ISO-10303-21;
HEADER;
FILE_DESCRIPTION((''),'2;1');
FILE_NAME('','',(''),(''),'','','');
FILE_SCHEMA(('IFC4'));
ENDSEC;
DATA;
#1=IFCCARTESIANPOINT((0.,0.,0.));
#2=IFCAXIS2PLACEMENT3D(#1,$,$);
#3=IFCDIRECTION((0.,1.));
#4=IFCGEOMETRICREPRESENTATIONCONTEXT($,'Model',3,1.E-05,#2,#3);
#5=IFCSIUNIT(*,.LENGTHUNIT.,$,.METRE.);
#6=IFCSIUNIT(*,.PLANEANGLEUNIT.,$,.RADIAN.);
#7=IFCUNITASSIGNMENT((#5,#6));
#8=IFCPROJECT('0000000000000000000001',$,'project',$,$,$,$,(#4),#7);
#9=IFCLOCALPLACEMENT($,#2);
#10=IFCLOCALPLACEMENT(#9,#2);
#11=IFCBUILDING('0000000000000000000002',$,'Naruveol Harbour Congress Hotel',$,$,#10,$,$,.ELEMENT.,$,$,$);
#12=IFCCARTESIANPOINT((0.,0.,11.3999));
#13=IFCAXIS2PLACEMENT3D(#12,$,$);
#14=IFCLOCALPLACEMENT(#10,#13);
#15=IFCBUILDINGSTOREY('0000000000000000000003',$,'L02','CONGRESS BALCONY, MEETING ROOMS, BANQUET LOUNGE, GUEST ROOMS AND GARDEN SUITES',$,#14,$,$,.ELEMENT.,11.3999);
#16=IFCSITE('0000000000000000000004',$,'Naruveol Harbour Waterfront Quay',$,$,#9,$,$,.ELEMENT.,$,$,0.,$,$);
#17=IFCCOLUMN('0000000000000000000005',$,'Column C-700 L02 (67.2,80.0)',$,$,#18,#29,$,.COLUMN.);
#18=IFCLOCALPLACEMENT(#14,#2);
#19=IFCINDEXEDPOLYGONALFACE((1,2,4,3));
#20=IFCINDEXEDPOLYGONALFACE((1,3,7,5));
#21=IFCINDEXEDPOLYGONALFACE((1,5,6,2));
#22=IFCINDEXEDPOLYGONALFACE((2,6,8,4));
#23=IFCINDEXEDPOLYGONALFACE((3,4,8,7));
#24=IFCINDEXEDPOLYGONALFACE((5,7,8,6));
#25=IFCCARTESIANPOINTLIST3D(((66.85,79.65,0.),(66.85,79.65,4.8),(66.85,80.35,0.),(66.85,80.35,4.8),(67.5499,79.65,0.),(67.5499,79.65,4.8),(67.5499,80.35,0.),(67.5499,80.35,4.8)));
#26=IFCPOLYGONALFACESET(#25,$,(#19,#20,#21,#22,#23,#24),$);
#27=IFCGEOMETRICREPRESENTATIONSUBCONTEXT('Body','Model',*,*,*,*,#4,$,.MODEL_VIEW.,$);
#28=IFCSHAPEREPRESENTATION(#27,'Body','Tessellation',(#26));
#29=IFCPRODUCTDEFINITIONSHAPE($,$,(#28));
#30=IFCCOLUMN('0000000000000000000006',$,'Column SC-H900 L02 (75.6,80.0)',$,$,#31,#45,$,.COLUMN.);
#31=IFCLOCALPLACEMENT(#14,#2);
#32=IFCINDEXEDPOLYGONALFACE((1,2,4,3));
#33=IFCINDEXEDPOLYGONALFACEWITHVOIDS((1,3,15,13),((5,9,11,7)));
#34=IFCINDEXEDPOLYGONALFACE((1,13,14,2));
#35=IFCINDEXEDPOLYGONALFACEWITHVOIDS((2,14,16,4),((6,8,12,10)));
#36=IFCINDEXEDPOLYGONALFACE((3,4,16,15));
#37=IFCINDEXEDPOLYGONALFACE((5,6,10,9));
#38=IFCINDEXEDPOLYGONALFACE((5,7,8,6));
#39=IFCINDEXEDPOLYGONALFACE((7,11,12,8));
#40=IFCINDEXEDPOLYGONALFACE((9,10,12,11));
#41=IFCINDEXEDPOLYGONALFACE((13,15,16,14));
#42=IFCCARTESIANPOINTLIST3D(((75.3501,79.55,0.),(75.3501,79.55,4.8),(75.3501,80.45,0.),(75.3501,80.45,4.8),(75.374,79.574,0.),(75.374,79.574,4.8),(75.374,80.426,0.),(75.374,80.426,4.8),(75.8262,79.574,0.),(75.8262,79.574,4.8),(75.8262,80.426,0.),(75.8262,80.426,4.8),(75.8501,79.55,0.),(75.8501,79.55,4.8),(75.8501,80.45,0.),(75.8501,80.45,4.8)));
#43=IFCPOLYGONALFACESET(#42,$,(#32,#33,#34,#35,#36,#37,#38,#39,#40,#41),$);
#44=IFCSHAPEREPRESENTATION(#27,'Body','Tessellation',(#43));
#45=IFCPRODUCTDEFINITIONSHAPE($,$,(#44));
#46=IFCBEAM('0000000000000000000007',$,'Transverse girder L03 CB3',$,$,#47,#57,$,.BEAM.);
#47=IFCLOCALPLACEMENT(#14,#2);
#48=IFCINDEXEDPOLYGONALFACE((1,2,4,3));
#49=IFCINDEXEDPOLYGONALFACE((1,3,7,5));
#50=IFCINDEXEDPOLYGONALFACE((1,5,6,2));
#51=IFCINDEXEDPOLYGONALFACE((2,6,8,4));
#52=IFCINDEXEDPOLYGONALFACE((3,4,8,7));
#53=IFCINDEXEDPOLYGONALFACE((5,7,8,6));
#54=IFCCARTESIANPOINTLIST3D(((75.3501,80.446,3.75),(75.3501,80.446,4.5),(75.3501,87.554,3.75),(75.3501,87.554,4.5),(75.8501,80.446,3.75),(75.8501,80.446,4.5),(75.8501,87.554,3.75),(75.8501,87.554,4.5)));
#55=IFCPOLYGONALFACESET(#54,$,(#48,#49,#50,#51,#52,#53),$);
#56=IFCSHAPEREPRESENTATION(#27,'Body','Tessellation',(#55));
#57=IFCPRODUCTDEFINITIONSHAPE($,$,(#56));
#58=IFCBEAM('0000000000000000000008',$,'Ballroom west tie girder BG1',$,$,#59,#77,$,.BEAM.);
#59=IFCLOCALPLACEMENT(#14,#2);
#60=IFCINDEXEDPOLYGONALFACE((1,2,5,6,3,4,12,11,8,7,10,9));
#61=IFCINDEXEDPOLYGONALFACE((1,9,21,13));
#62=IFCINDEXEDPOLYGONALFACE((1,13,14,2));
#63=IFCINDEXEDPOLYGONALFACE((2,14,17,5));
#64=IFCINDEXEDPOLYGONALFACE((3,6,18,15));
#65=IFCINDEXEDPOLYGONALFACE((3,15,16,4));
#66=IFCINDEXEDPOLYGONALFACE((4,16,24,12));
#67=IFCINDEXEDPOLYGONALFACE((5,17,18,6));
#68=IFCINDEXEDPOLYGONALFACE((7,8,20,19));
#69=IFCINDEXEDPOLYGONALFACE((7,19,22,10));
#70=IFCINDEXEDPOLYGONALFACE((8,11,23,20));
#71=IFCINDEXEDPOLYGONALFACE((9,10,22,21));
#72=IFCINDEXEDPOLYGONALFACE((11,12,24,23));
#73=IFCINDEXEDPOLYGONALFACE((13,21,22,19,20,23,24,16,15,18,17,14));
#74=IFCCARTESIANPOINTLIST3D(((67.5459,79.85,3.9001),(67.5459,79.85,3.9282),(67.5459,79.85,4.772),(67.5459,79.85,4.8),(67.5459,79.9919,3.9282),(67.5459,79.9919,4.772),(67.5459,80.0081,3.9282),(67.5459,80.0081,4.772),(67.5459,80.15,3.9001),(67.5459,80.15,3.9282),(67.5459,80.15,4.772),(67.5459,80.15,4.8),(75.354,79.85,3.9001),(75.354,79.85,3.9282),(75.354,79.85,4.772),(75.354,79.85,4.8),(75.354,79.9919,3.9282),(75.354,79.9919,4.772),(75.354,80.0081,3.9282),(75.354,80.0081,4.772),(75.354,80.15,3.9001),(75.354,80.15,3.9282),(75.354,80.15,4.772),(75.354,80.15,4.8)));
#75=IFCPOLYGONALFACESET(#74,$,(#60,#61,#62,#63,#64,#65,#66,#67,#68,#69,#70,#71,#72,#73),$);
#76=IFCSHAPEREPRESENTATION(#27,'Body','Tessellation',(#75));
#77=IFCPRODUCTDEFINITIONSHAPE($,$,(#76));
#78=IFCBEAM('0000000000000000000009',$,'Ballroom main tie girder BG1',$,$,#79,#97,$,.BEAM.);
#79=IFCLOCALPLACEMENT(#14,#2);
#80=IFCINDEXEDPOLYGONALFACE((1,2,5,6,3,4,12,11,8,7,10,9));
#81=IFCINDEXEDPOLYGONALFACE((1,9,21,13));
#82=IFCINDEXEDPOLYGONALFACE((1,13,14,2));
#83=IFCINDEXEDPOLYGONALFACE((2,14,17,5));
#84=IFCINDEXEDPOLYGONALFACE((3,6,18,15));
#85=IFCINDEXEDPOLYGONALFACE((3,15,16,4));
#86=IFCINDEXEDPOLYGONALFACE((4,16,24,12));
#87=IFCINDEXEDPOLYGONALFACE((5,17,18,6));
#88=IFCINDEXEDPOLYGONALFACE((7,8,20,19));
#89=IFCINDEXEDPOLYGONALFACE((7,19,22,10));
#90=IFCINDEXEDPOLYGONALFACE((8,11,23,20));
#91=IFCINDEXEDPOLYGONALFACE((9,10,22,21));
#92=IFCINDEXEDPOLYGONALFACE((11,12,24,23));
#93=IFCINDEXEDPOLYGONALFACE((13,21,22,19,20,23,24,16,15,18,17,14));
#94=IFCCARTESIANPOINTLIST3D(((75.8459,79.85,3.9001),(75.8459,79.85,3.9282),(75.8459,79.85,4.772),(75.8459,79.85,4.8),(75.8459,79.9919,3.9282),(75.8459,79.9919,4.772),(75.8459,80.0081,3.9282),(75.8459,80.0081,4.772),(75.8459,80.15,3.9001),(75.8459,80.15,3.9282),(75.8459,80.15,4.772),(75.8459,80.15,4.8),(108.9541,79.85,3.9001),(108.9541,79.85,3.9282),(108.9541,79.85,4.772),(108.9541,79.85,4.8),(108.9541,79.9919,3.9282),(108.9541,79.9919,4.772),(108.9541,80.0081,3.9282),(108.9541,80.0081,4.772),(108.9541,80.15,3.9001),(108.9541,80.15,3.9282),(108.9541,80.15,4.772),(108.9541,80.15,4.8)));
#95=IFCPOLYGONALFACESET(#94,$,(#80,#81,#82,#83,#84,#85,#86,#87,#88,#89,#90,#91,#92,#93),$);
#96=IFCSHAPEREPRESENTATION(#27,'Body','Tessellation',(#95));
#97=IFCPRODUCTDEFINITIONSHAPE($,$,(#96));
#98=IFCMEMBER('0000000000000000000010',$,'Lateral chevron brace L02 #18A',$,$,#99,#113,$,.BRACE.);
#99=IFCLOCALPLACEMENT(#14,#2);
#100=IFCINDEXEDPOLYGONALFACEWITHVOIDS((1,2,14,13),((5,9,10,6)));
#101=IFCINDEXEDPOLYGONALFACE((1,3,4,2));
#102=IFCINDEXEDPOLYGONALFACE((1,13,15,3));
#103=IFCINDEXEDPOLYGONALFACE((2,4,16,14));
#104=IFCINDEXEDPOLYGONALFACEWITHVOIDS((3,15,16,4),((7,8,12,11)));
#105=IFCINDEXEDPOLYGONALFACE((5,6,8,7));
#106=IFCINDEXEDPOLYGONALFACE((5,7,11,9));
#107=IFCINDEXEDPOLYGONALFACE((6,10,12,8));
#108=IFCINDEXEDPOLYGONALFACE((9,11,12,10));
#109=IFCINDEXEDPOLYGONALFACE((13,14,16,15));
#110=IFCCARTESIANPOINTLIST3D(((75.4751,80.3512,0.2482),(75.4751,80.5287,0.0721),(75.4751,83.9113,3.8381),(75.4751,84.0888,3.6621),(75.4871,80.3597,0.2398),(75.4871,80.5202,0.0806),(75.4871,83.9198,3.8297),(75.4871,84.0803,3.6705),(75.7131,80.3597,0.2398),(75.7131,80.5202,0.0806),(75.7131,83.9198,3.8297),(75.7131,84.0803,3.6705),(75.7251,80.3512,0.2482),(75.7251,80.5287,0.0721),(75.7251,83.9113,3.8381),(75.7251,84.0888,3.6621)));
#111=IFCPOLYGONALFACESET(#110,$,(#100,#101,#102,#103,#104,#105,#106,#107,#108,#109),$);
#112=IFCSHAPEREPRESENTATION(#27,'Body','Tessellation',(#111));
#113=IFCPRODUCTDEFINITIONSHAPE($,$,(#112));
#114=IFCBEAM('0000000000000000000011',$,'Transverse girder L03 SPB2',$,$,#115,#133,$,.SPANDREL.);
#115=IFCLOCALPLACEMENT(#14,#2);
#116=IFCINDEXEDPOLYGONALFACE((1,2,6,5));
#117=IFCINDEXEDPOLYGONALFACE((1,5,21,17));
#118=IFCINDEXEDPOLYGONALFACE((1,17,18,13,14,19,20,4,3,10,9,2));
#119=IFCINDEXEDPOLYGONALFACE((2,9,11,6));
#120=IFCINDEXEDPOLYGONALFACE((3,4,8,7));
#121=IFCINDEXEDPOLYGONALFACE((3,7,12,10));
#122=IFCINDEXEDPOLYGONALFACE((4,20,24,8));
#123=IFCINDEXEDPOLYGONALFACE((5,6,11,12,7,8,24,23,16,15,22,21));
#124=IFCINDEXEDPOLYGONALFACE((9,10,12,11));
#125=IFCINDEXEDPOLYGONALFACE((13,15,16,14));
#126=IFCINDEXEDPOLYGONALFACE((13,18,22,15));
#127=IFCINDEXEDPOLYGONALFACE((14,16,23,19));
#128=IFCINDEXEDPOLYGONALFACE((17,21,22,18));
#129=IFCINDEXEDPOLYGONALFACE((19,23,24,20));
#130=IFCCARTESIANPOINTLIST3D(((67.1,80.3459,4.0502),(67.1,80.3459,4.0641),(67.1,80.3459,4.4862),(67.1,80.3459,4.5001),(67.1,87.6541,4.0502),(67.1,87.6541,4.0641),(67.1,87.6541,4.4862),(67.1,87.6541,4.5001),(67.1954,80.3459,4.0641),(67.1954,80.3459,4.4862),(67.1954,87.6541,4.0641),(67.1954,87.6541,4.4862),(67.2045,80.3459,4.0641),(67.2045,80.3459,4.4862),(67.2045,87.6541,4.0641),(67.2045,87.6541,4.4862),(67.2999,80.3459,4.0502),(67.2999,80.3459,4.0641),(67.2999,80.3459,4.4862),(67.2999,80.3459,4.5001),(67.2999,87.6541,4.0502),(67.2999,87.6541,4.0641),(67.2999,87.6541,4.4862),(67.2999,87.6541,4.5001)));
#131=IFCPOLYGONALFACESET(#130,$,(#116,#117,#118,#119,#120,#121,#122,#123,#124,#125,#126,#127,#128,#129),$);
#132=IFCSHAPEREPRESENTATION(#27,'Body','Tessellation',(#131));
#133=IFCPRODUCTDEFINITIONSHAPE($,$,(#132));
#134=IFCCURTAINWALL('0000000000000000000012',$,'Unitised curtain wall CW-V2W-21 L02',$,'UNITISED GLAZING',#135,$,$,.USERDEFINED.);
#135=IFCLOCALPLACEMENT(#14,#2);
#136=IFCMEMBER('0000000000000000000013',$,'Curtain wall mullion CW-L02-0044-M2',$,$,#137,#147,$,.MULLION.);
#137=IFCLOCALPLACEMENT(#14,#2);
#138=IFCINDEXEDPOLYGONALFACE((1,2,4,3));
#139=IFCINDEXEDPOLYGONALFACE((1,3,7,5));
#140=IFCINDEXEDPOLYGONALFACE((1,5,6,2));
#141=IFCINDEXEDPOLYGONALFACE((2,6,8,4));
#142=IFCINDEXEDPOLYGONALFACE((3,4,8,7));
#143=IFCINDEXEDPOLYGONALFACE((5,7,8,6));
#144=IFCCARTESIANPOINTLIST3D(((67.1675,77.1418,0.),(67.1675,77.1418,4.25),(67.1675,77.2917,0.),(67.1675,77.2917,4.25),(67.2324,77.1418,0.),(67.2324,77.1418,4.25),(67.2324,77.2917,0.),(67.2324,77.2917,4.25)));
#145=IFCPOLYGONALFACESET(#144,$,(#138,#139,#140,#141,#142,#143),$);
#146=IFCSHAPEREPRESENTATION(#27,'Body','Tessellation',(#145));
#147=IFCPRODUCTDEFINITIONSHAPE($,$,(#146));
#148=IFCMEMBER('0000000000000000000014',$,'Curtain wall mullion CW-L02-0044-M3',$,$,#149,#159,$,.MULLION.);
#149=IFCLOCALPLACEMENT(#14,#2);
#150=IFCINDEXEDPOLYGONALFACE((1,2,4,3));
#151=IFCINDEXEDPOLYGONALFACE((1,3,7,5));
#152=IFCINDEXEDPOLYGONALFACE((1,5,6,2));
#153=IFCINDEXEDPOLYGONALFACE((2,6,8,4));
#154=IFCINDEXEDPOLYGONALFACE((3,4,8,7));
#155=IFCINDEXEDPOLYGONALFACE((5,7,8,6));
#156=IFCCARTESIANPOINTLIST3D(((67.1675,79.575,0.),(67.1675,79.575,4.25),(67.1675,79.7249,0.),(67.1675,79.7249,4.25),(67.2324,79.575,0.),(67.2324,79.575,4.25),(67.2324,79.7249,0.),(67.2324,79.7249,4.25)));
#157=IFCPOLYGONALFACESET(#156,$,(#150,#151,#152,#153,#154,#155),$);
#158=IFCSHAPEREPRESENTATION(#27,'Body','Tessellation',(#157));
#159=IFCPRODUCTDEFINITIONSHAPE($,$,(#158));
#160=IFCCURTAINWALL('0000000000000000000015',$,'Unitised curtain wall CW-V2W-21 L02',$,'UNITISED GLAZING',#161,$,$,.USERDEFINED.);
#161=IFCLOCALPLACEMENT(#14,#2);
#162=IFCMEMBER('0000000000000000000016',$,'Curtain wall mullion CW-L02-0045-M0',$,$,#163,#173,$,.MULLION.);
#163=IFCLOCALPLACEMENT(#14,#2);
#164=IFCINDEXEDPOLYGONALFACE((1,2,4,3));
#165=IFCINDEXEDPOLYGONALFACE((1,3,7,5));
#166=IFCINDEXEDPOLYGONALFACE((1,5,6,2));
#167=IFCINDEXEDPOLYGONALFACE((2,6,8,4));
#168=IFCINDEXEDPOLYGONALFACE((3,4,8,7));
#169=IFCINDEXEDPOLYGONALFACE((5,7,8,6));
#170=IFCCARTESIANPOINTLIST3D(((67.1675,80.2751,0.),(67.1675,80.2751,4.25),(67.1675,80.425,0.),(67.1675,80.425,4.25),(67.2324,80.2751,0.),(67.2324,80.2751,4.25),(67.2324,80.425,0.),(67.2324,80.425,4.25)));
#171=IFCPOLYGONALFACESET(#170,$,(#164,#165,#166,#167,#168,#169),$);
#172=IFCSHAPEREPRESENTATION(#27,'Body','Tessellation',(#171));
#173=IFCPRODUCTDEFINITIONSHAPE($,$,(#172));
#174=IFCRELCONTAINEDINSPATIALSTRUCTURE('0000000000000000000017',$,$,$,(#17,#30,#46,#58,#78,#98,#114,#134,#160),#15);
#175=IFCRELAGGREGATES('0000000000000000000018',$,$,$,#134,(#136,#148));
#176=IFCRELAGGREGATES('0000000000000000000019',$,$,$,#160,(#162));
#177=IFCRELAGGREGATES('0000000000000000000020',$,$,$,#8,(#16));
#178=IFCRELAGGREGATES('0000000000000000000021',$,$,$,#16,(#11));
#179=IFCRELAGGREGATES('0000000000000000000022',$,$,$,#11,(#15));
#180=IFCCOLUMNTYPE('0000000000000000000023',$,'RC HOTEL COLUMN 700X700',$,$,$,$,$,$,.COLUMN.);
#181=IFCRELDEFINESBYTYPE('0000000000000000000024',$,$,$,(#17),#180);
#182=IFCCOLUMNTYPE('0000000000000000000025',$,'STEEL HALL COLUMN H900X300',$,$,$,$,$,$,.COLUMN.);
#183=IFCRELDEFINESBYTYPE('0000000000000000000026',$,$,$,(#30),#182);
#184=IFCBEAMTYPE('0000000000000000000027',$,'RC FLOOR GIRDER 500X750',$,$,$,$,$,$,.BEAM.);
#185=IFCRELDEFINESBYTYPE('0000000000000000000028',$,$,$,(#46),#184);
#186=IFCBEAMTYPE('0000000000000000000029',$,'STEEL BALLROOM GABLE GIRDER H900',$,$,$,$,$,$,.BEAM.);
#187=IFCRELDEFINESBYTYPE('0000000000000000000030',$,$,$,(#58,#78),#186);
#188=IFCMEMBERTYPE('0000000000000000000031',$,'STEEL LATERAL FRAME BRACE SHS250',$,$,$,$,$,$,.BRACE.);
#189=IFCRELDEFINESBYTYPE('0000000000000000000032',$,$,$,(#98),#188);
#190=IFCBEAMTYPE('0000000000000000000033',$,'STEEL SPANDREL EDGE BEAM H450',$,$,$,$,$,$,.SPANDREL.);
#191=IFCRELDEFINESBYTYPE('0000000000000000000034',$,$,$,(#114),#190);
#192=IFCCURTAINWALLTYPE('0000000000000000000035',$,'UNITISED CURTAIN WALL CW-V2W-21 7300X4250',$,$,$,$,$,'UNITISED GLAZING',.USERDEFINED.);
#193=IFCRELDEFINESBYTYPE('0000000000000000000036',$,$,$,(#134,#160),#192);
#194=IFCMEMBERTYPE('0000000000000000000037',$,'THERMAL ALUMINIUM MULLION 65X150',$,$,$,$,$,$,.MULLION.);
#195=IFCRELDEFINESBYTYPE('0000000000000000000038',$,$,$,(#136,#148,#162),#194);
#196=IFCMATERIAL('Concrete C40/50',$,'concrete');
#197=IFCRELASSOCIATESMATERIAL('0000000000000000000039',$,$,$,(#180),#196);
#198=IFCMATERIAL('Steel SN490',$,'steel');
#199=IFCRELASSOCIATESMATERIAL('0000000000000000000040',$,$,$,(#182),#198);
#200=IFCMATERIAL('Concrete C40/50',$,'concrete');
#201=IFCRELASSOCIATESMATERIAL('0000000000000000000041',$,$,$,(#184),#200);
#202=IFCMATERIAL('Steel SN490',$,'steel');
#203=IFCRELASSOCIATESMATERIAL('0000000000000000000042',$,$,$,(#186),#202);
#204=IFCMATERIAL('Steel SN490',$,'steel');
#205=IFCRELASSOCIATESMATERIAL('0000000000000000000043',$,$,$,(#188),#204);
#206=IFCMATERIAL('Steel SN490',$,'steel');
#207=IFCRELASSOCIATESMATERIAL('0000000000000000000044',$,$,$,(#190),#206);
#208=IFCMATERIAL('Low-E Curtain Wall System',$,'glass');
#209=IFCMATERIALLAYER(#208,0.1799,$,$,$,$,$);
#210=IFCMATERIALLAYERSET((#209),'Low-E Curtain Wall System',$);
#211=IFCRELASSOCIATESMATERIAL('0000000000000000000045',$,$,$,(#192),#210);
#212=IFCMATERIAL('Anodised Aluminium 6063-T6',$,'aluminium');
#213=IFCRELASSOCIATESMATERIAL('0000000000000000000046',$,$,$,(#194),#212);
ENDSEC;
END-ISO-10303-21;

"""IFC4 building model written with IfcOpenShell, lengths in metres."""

from ifc_helpers import new_model, si_unit, direction, frame, origin, origin_2d, place, context, subcontext, project, spatial, rectangle, hollow_rectangle, i_section, extrude, material, layer, layer_set, material_profile, profile_set, type_object, element, aggregate, save


model = new_model("IFC4")

# Units and contexts
model_context = context("Model", 3, precision=1e-05, world=origin(), true_north=direction((0.0, 1.0)))
body_context = subcontext(model_context, "Body", "Model", "MODEL_VIEW")
ifc_project = project(units=[si_unit("LENGTHUNIT", "METRE"), si_unit("PLANEANGLEUNIT", "RADIAN")], contexts=[model_context])

# Site, building, storey
site_placement = place(None, origin())
site = spatial("IfcSite", under=ifc_project, at=site_placement, Name="Naruveol Harbour Waterfront Quay", CompositionType="ELEMENT", RefElevation=0.0)
building_placement = place(site_placement, origin())
building = spatial("IfcBuilding", under=site, at=building_placement, Name="Naruveol Harbour Congress Hotel", CompositionType="ELEMENT")
storey_placement = place(building_placement, frame((0.0, 0.0, 11.3999)))
storey = spatial("IfcBuildingStorey", under=building, at=storey_placement, Name="L02", Description="CONGRESS BALCONY, MEETING ROOMS, BANQUET LOUNGE, GUEST ROOMS AND GARDEN SUITES", CompositionType="ELEMENT", Elevation=11.3999)

# Columns
ifc_material_1 = material(Name="Concrete C40/50", Category="concrete")
ifc_material_profile_1 = material_profile(ifc_material_1, rectangle(XDim=0.7, YDim=0.7, at=origin_2d()), Name="RC-700x700")
ifc_profile_set_1 = profile_set([ifc_material_profile_1], Name="Concrete C40/50")
column_type_1 = type_object("IfcColumnType", Name="RC HOTEL COLUMN 700X700", PredefinedType="COLUMN", material=ifc_profile_set_1)
column_1_placement = place(storey_placement, frame((67.2, 80.0, 0.0), z_axis=(0.0, 0.0, 1.0), x_axis=(1.0, 0.0, 0.0)))
element("IfcColumn", 1, at=column_1_placement, inside=storey, type_object=column_type_1, Name="Column C-700 L02 (67.2,80.0)", PredefinedType="COLUMN", context=body_context, shape_type="SweptSolid", body=[
    extrude(rectangle(XDim=0.7, YDim=0.7, at=origin_2d()), origin(), (0.0, 0.0, 1.0), 4.8),
])
ifc_material_2 = material(Name="Steel SN490", Category="steel")
ifc_material_profile_2 = material_profile(ifc_material_2, hollow_rectangle(XDim=0.5, YDim=0.8999, WallThickness=0.0239, at=origin_2d()), Name="RHS-900x500x24")
ifc_profile_set_2 = profile_set([ifc_material_profile_2], Name="Steel SN490")
column_type_2 = type_object("IfcColumnType", Name="STEEL HALL COLUMN H900X300", PredefinedType="COLUMN", material=ifc_profile_set_2)
column_2_placement = place(storey_placement, frame((75.6001, 80.0, 0.0), z_axis=(0.0, 0.0, 1.0), x_axis=(1.0, 0.0, 0.0)))
element("IfcColumn", 2, at=column_2_placement, inside=storey, type_object=column_type_2, Name="Column SC-H900 L02 (75.6,80.0)", PredefinedType="COLUMN", context=body_context, shape_type="SweptSolid", body=[
    extrude(hollow_rectangle(XDim=0.5, YDim=0.8999, WallThickness=0.0239, at=origin_2d()), origin(), (0.0, 0.0, 1.0), 4.8),
])

# Beams
ifc_material_3 = material(Name="Concrete C40/50", Category="concrete")
ifc_material_profile_3 = material_profile(ifc_material_3, rectangle(XDim=0.5, YDim=0.75, at=origin_2d()), Name="RCB-500x750")
ifc_profile_set_3 = profile_set([ifc_material_profile_3], Name="Concrete C40/50")
beam_type_1 = type_object("IfcBeamType", Name="RC FLOOR GIRDER 500X750", PredefinedType="BEAM", material=ifc_profile_set_3)
beam_1_placement = place(storey_placement, frame((75.6001, 80.446, 4.125), z_axis=(0.0, 1.0, 0.0), x_axis=(-1.0, 0.0, 0.0)))
element("IfcBeam", 3, at=beam_1_placement, inside=storey, type_object=beam_type_1, Name="Transverse girder L03 CB3", PredefinedType="BEAM", context=body_context, shape_type="SweptSolid", body=[
    extrude(rectangle(XDim=0.5, YDim=0.75, at=origin_2d()), origin(), (0.0, 0.0, 1.0), 7.1079),
])
ifc_material_4 = material(Name="Steel SN490", Category="steel")
ifc_material_profile_4 = material_profile(ifc_material_4, i_section(OverallWidth=0.3, OverallDepth=0.8999, WebThickness=0.0161, FlangeThickness=0.0281, at=origin_2d()), Name="H-900x300x16x28")
ifc_profile_set_4 = profile_set([ifc_material_profile_4], Name="Steel SN490")
beam_type_2 = type_object("IfcBeamType", Name="STEEL BALLROOM GABLE GIRDER H900", PredefinedType="BEAM", material=ifc_profile_set_4)
beam_2_placement = place(storey_placement, frame((67.5459, 80.0, 4.3501), z_axis=(1.0, 0.0, 0.0), x_axis=(0.0, 1.0, 0.0)))
element("IfcBeam", 4, at=beam_2_placement, inside=storey, type_object=beam_type_2, Name="Ballroom west tie girder BG1", PredefinedType="BEAM", context=body_context, shape_type="SweptSolid", body=[
    extrude(i_section(OverallWidth=0.3, OverallDepth=0.8999, WebThickness=0.0161, FlangeThickness=0.0281, at=origin_2d()), origin(), (0.0, 0.0, 1.0), 7.8081),
])
beam_3_placement = place(storey_placement, frame((75.8459, 80.0, 4.3501), z_axis=(1.0, 0.0, 0.0), x_axis=(0.0, 1.0, 0.0)))
element("IfcBeam", 5, at=beam_3_placement, inside=storey, type_object=beam_type_2, Name="Ballroom main tie girder BG1", PredefinedType="BEAM", context=body_context, shape_type="SweptSolid", body=[
    extrude(i_section(OverallWidth=0.3, OverallDepth=0.8999, WebThickness=0.0161, FlangeThickness=0.0281, at=origin_2d()), origin(), (0.0, 0.0, 1.0), 33.1082),
])

# Member
ifc_material_5 = material(Name="Steel SN490", Category="steel")
ifc_material_profile_5 = material_profile(ifc_material_5, hollow_rectangle(XDim=0.25, YDim=0.25, WallThickness=0.012, at=origin_2d()), Name="SHS-250x250x12")
ifc_profile_set_5 = profile_set([ifc_material_profile_5], Name="Steel SN490")
member_type_1 = type_object("IfcMemberType", Name="STEEL LATERAL FRAME BRACE SHS250", PredefinedType="BRACE", material=ifc_profile_set_5)
member_1_placement = place(storey_placement, frame((75.6001, 80.4399, 0.1602), z_axis=(0.0, 0.704155, 0.710046), x_axis=(-1.0, 0.0, 0.0)))
element("IfcMember", 6, at=member_1_placement, inside=storey, type_object=member_type_1, Name="Lateral chevron brace L02 #18A", PredefinedType="BRACE", context=body_context, shape_type="SweptSolid", body=[
    extrude(hollow_rectangle(XDim=0.25, YDim=0.25, WallThickness=0.012, at=origin_2d()), origin(), (0.0, 0.0, 1.0), 5.0559),
])

# Beam
ifc_material_6 = material(Name="Steel SN490", Category="steel")
ifc_material_profile_6 = material_profile(ifc_material_6, i_section(OverallWidth=0.2, OverallDepth=0.45, WebThickness=0.009, FlangeThickness=0.0139, at=origin_2d()), Name="H-450x200x9x14")
ifc_profile_set_6 = profile_set([ifc_material_profile_6], Name="Steel SN490")
beam_type_3 = type_object("IfcBeamType", Name="STEEL SPANDREL EDGE BEAM H450", PredefinedType="SPANDREL", material=ifc_profile_set_6)
beam_4_placement = place(storey_placement, frame((67.2, 80.3459, 4.2751), z_axis=(0.0, 1.0, 0.0), x_axis=(-1.0, 0.0, 0.0)))
element("IfcBeam", 7, at=beam_4_placement, inside=storey, type_object=beam_type_3, Name="Transverse girder L03 SPB2", PredefinedType="SPANDREL", context=body_context, shape_type="SweptSolid", body=[
    extrude(i_section(OverallWidth=0.2, OverallDepth=0.45, WebThickness=0.009, FlangeThickness=0.0139, at=origin_2d()), origin(), (0.0, 0.0, 1.0), 7.3081),
])

# Curtain walls, members
ifc_material_7 = material(Name="Low-E Curtain Wall System", Category="glass")
ifc_layer_1 = layer(ifc_material_7, 0.1799)
ifc_layer_set_1 = layer_set([ifc_layer_1], Name="Low-E Curtain Wall System")
curtain_wall_type = type_object("IfcCurtainWallType", Name="UNITISED CURTAIN WALL CW-V2W-21 7300X4250", ElementType="UNITISED GLAZING", PredefinedType="USERDEFINED", material=ifc_layer_set_1)
curtain_wall_1_placement = place(storey_placement, origin())
curtain_wall_1 = element("IfcCurtainWall", 8, at=curtain_wall_1_placement, inside=storey, type_object=curtain_wall_type, Name="Unitised curtain wall CW-V2W-21 L02", ObjectType="UNITISED GLAZING", PredefinedType="USERDEFINED")
ifc_material_8 = material(Name="Anodised Aluminium 6063-T6", Category="aluminium")
ifc_material_profile_7 = material_profile(ifc_material_8, rectangle(XDim=0.0649, YDim=0.1499, at=origin_2d()), Name="ALU-65x150")
ifc_profile_set_7 = profile_set([ifc_material_profile_7], Name="Anodised Aluminium 6063-T6")
member_type_2 = type_object("IfcMemberType", Name="THERMAL ALUMINIUM MULLION 65X150", PredefinedType="MULLION", material=ifc_profile_set_7)
member_2_placement = place(storey_placement, frame((67.2, 77.2168, 0.0), z_axis=(0.0, 0.0, 1.0), x_axis=(1.0, 0.0, 0.0)))
member_2 = element("IfcMember", 9, at=member_2_placement, type_object=member_type_2, Name="Curtain wall mullion CW-L02-0044-M2", PredefinedType="MULLION", context=body_context, shape_type="SweptSolid", body=[
    extrude(rectangle(XDim=0.0649, YDim=0.1499, at=origin_2d()), origin(), (0.0, 0.0, 1.0), 4.25),
])
member_3_placement = place(storey_placement, frame((67.2, 79.6499, 0.0), z_axis=(0.0, 0.0, 1.0), x_axis=(1.0, 0.0, 0.0)))
member_3 = element("IfcMember", 10, at=member_3_placement, type_object=member_type_2, Name="Curtain wall mullion CW-L02-0044-M3", PredefinedType="MULLION", context=body_context, shape_type="SweptSolid", body=[
    extrude(rectangle(XDim=0.0649, YDim=0.1499, at=origin_2d()), origin(), (0.0, 0.0, 1.0), 4.25),
])
curtain_wall_2_placement = place(storey_placement, origin())
curtain_wall_2 = element("IfcCurtainWall", 11, at=curtain_wall_2_placement, inside=storey, type_object=curtain_wall_type, Name="Unitised curtain wall CW-V2W-21 L02", ObjectType="UNITISED GLAZING", PredefinedType="USERDEFINED")
member_4_placement = place(storey_placement, frame((67.2, 80.3501, 0.0), z_axis=(0.0, 0.0, 1.0), x_axis=(1.0, 0.0, 0.0)))
member_4 = element("IfcMember", 12, at=member_4_placement, type_object=member_type_2, Name="Curtain wall mullion CW-L02-0045-M0", PredefinedType="MULLION", context=body_context, shape_type="SweptSolid", body=[
    extrude(rectangle(XDim=0.0649, YDim=0.1499, at=origin_2d()), origin(), (0.0, 0.0, 1.0), 4.25),
])

aggregate(curtain_wall_1, [member_2, member_3])
aggregate(curtain_wall_2, [member_4])

save(model, "model.ifc")
